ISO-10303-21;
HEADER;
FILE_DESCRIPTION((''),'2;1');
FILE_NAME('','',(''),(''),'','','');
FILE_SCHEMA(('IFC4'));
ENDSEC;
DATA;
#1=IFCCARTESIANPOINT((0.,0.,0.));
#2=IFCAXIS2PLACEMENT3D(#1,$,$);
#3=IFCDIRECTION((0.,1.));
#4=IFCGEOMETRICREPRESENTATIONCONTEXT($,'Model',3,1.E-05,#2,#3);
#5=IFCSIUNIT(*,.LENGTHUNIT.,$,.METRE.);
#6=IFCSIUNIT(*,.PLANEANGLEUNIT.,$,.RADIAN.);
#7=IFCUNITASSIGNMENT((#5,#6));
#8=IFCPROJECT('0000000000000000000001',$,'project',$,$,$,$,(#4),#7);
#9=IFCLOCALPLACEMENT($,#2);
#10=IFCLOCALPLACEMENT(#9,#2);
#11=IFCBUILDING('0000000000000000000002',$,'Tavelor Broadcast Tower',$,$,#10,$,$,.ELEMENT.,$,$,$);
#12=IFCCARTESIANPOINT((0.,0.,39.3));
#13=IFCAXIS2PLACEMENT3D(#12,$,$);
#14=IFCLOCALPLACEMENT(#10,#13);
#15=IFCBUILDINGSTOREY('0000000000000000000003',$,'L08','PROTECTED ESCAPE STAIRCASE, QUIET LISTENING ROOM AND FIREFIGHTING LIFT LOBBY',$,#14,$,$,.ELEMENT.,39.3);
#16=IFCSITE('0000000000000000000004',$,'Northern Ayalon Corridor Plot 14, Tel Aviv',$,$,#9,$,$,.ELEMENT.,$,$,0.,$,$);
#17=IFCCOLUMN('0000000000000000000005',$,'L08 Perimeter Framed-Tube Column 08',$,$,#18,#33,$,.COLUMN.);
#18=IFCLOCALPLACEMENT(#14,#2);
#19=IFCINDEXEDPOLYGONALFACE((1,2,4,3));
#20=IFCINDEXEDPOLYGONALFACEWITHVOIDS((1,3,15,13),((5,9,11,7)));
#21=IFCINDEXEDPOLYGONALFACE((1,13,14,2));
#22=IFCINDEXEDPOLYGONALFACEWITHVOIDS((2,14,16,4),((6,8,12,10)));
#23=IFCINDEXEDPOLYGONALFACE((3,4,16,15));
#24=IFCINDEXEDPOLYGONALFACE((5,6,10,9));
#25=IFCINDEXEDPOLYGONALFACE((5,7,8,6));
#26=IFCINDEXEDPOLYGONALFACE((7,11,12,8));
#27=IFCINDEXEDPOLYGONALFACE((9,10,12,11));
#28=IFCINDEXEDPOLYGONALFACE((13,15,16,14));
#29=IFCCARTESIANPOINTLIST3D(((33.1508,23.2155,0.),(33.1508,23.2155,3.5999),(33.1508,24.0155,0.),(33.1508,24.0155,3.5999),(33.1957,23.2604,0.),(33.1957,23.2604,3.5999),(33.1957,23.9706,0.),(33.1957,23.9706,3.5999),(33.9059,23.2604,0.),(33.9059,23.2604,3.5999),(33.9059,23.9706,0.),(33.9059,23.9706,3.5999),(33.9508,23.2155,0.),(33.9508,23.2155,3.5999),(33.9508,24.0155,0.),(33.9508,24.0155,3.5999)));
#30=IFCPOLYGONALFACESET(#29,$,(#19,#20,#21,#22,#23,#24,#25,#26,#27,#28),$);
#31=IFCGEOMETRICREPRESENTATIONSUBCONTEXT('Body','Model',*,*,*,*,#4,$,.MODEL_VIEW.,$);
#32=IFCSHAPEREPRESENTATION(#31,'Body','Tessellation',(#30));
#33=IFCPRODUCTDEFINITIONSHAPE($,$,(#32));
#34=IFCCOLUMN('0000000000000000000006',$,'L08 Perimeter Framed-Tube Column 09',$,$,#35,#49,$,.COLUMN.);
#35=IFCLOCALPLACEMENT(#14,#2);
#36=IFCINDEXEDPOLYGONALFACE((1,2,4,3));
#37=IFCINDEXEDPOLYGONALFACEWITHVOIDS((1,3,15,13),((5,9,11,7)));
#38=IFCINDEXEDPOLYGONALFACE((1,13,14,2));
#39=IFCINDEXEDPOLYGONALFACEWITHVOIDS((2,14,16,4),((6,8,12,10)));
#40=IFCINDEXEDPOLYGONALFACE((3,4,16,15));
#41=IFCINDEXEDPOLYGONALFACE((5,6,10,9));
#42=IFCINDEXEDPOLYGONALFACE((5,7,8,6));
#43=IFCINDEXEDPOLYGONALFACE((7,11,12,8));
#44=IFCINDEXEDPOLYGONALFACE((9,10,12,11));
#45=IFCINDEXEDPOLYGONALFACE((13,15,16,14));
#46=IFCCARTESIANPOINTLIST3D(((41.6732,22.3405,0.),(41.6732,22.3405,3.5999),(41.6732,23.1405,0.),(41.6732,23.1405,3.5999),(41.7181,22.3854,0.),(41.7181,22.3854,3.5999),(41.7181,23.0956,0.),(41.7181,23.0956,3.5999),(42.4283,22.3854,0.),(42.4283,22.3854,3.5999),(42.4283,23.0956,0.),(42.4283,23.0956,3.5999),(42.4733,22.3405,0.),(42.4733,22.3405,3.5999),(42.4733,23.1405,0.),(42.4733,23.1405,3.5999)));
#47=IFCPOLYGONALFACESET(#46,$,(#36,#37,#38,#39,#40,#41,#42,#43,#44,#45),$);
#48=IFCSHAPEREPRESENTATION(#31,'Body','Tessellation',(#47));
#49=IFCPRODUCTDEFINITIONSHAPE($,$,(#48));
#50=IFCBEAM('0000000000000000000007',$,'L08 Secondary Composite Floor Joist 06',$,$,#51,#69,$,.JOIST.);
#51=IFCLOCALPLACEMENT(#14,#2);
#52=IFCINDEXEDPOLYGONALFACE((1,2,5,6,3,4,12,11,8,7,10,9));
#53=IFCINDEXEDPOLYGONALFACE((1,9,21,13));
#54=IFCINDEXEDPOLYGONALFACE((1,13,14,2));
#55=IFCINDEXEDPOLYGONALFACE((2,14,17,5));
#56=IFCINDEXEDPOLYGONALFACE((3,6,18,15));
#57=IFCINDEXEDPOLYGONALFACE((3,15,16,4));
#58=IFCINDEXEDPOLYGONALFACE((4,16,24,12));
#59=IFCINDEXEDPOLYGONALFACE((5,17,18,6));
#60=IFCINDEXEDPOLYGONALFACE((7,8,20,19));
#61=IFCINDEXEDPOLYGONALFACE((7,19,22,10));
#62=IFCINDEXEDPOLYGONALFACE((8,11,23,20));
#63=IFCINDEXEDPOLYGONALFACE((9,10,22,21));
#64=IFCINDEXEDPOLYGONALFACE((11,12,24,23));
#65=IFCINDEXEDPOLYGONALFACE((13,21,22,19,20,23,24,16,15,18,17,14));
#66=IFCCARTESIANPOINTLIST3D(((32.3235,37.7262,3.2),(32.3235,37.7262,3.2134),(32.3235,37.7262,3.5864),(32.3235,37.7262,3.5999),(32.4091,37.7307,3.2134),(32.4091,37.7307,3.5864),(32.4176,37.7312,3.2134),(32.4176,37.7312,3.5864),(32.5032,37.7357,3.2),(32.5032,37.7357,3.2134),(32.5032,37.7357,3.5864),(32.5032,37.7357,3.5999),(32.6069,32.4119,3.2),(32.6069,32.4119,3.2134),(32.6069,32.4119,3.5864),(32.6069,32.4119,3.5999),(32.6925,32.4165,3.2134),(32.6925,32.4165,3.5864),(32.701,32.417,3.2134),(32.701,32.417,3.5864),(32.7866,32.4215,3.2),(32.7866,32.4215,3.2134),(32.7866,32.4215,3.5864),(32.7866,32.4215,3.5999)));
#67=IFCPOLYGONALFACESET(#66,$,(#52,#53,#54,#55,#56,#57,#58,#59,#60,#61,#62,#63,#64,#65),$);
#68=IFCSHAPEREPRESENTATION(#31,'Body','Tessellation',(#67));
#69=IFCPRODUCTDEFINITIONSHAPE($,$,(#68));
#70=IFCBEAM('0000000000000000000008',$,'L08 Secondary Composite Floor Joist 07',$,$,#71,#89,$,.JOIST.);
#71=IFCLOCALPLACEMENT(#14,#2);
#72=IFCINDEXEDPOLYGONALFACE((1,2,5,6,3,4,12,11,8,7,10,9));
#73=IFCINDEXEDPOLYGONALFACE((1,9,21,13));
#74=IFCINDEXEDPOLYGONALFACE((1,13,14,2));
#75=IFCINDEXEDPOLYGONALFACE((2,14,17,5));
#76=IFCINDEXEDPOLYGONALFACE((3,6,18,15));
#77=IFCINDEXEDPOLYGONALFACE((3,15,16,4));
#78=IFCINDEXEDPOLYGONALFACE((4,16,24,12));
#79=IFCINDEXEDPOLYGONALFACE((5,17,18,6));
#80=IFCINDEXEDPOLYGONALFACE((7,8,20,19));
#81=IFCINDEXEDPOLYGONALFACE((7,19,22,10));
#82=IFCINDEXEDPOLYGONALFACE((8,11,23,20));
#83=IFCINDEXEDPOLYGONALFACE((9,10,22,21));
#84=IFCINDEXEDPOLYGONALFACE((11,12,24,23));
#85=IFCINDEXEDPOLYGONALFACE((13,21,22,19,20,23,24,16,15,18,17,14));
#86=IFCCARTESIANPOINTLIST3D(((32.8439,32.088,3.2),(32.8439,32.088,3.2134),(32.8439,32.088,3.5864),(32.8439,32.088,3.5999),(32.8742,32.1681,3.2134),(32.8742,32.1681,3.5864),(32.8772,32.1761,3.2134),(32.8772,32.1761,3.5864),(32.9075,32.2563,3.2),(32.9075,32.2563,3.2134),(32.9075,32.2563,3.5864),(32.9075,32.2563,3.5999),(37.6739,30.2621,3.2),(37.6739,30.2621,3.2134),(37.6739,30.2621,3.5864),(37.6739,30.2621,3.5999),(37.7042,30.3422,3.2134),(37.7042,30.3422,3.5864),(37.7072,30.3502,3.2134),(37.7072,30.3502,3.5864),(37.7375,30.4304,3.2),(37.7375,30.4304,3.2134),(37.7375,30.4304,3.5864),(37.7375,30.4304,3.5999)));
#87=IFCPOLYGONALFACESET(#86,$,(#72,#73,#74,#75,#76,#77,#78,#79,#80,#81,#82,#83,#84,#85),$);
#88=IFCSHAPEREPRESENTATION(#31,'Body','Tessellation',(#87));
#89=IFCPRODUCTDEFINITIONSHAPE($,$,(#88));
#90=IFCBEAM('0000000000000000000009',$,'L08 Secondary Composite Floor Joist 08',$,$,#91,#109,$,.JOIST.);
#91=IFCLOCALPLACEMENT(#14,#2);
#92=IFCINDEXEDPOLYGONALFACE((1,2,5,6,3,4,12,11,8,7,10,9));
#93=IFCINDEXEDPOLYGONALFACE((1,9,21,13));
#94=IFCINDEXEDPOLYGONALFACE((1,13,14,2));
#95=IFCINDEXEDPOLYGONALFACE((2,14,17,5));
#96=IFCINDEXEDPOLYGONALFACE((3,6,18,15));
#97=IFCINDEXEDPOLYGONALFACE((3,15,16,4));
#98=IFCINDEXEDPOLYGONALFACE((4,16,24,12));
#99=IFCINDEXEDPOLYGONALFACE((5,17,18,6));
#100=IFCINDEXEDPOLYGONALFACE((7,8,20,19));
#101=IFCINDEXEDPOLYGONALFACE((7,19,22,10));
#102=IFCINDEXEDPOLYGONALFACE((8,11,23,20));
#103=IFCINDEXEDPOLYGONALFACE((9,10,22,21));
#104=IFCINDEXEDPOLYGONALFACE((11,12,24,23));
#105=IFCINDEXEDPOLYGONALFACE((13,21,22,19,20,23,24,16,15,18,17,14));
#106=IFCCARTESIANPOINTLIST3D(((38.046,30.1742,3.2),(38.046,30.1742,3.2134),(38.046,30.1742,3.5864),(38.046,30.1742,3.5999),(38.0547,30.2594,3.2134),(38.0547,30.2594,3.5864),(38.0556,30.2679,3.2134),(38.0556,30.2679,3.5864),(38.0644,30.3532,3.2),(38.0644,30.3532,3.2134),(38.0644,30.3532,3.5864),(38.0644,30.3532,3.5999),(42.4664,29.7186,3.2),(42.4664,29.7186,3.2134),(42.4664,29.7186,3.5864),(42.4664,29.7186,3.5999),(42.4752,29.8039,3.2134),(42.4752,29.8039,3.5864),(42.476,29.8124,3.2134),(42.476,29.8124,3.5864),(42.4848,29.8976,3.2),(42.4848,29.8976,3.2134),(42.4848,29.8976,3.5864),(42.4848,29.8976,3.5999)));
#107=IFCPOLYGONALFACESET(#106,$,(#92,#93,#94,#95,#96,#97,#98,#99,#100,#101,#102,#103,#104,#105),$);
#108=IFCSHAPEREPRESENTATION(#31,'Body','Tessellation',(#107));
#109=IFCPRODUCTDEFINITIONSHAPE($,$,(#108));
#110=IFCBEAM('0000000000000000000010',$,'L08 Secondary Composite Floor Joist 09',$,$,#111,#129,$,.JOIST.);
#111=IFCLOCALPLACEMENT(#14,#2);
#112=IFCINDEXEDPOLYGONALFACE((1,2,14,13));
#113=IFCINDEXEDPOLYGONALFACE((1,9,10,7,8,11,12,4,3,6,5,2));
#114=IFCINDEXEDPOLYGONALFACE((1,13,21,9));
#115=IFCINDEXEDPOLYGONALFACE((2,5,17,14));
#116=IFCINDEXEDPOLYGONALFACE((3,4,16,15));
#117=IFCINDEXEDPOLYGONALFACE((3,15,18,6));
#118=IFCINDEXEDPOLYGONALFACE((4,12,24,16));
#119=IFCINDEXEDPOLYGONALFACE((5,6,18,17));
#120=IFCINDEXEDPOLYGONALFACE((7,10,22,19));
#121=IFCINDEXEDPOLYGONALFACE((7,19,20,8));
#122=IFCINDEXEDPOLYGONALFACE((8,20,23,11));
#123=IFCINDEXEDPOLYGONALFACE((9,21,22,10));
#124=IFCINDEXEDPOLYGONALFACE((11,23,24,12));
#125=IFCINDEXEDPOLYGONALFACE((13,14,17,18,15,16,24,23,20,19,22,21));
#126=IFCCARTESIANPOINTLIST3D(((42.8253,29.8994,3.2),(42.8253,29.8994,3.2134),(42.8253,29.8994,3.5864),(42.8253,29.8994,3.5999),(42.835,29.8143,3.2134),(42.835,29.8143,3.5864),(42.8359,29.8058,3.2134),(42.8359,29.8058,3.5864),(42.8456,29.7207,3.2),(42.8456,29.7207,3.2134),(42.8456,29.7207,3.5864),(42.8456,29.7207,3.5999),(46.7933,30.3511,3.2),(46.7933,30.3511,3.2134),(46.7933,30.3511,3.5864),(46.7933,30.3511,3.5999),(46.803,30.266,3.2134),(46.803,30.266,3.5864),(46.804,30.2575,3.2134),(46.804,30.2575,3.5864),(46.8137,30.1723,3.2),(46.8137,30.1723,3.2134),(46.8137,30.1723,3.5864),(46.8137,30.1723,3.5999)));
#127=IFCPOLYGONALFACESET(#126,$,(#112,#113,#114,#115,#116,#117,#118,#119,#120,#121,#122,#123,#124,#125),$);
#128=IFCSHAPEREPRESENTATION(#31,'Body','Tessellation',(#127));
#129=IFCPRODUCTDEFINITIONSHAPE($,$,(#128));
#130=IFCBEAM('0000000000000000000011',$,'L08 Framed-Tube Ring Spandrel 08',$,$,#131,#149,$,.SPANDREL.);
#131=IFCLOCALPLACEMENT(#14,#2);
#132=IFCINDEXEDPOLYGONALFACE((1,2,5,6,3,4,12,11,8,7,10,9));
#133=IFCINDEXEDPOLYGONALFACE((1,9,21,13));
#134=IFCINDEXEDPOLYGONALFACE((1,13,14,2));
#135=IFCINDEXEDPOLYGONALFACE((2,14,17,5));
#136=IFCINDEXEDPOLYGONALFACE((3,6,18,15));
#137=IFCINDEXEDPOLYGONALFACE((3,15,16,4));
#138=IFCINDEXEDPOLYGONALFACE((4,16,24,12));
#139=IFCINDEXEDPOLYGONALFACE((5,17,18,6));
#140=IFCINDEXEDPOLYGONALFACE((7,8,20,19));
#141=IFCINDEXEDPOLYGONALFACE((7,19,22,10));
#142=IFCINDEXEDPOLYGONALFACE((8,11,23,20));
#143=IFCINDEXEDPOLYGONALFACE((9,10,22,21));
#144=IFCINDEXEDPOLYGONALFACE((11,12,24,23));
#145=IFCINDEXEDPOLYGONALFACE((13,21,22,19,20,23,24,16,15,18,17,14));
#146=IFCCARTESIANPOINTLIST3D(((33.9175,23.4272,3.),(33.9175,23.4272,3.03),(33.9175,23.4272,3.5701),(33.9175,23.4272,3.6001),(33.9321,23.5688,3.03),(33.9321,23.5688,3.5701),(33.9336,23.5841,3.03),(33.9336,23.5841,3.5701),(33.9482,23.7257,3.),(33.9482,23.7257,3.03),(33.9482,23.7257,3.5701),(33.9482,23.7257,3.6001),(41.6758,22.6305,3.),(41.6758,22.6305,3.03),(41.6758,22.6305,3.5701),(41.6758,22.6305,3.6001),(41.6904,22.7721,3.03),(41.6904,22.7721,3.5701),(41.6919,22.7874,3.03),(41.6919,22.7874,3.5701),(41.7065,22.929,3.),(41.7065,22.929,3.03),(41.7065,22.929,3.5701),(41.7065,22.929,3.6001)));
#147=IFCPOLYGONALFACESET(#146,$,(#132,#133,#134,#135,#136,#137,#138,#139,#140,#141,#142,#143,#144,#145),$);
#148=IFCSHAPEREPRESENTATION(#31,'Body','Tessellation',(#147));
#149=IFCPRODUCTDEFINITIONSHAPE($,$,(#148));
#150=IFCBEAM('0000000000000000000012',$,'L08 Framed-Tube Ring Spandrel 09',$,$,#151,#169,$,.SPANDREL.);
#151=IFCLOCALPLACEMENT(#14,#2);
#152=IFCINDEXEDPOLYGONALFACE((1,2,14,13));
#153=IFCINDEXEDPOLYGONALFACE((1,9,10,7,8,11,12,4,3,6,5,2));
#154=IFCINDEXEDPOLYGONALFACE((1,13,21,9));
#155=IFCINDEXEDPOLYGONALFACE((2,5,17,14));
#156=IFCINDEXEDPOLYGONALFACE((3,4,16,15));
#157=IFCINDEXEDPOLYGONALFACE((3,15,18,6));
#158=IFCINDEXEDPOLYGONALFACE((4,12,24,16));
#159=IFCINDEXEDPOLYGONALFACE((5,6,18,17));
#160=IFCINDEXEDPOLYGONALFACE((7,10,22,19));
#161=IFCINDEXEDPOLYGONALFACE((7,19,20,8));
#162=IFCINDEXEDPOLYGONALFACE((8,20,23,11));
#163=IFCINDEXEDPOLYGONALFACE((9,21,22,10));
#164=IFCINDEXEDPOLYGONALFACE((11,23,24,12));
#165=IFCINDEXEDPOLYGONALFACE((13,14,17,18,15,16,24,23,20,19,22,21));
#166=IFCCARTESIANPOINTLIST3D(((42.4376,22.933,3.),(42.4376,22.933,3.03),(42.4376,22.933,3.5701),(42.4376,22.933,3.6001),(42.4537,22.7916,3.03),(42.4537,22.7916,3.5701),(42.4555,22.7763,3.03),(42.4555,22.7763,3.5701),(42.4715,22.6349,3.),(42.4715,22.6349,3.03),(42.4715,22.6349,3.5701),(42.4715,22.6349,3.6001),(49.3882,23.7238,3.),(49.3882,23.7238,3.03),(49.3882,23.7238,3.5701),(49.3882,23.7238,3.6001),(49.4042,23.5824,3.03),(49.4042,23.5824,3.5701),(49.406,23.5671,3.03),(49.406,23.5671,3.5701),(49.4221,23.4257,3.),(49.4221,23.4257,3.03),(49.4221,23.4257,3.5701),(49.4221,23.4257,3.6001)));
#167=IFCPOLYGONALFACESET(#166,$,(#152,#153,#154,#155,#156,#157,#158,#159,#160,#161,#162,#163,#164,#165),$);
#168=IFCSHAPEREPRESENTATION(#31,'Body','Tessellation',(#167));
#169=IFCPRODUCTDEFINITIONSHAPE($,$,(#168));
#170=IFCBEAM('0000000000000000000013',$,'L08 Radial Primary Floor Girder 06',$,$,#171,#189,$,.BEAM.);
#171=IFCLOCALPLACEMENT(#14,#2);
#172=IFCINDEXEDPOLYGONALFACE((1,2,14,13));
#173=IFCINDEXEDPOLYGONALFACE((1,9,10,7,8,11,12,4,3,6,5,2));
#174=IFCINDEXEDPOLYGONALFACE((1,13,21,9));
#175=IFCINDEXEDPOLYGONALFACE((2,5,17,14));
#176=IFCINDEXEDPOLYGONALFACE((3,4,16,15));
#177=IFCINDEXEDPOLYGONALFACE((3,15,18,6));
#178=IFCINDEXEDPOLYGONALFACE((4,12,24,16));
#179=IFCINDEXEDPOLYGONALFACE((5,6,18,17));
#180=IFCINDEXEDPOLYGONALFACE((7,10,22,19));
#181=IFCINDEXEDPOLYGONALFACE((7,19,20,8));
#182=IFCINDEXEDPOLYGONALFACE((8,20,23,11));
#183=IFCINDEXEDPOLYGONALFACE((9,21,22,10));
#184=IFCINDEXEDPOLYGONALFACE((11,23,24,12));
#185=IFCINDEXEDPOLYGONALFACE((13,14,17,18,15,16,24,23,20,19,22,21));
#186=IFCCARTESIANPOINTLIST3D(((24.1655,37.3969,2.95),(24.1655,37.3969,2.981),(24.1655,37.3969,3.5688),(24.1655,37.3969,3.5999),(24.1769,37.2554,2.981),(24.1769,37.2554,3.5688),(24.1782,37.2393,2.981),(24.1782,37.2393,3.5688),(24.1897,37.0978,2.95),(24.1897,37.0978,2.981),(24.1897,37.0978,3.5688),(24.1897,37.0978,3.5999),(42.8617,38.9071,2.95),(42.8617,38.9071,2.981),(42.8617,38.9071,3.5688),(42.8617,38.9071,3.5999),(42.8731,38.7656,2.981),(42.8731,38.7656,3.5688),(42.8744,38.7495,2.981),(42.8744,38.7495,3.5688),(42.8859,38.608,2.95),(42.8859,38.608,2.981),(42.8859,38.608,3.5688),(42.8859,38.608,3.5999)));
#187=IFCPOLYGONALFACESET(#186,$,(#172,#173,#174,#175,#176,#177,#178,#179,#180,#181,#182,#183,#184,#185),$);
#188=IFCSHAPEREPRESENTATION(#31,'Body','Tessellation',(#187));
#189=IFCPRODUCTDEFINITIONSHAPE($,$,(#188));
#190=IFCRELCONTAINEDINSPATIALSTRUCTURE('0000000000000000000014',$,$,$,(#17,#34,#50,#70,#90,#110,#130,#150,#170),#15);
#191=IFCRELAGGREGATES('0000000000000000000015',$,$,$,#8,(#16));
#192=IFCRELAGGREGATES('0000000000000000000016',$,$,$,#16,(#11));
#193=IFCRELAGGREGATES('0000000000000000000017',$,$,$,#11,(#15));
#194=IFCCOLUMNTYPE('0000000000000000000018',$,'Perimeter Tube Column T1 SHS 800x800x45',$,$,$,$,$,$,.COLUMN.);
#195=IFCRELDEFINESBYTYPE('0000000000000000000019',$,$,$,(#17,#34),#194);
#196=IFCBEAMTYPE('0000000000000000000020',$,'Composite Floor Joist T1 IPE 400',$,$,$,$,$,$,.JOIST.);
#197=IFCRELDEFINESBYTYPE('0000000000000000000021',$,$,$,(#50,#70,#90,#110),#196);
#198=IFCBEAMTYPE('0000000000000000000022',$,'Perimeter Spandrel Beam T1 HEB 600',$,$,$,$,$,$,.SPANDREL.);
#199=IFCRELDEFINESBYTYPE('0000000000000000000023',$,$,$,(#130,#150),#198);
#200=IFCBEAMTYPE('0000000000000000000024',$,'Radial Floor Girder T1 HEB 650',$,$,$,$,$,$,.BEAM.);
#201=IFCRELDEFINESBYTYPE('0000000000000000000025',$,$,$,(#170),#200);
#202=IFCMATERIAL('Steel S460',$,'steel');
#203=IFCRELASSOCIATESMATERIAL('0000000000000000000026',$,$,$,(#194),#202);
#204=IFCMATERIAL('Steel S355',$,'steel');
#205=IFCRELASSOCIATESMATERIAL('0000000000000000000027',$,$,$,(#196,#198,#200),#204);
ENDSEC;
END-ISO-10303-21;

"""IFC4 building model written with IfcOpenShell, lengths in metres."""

from ifc_helpers import new_model, si_unit, direction, frame, origin, origin_2d, place, context, subcontext, project, spatial, hollow_rectangle, i_section, extrude, material, material_profile, profile_set, type_object, element, save


model = new_model("IFC4")

# Units and contexts
model_context = context("Model", 3, precision=1e-05, world=origin(), true_north=direction((0.0, 1.0)))
body_context = subcontext(model_context, "Body", "Model", "MODEL_VIEW")
ifc_project = project(units=[si_unit("LENGTHUNIT", "METRE"), si_unit("PLANEANGLEUNIT", "RADIAN")], contexts=[model_context])

# Site, building, storey
site_placement = place(None, origin())
site = spatial("IfcSite", under=ifc_project, at=site_placement, Name="Northern Ayalon Corridor Plot 14, Tel Aviv", CompositionType="ELEMENT", RefElevation=0.0)
building_placement = place(site_placement, origin())
building = spatial("IfcBuilding", under=site, at=building_placement, Name="Tavelor Broadcast Tower", CompositionType="ELEMENT")
storey_placement = place(building_placement, frame((0.0, 0.0, 39.3)))
storey = spatial("IfcBuildingStorey", under=building, at=storey_placement, Name="L08", Description="PROTECTED ESCAPE STAIRCASE, QUIET LISTENING ROOM AND FIREFIGHTING LIFT LOBBY", CompositionType="ELEMENT", Elevation=39.3)

# Columns
ifc_material_1 = material(Name="Steel S460", Category="steel")
ifc_material_profile_1 = material_profile(ifc_material_1, hollow_rectangle(XDim=0.8, YDim=0.8, WallThickness=0.0449, at=origin_2d()), Name="SHS 800x800x45")
ifc_profile_set_1 = profile_set([ifc_material_profile_1], Name="Steel S460")
column_type = type_object("IfcColumnType", Name="Perimeter Tube Column T1 SHS 800x800x45", PredefinedType="COLUMN", material=ifc_profile_set_1)
for number, where, z_axis, x_axis, name in (
    (1, (33.5508, 23.6155, 0.0), (0.0, 0.0, 1.0), (1.0, 0.0, 0.0), "L08 Perimeter Framed-Tube Column 08"),
    (2, (42.0732, 22.7405, 0.0), (0.0, 0.0, 1.0), (1.0, 0.0, 0.0), "L08 Perimeter Framed-Tube Column 09"),
):
    element("IfcColumn", number, at=place(storey_placement, frame(where, z_axis=z_axis, x_axis=x_axis)), inside=storey, type_object=column_type, Name=name, PredefinedType="COLUMN", context=body_context, shape_type="SweptSolid", body=[
        extrude(hollow_rectangle(XDim=0.8, YDim=0.8, WallThickness=0.0449, at=origin_2d()), origin(), (0.0, 0.0, 1.0), 3.5999),
    ])

# Beams
ifc_material_2 = material(Name="Steel S355", Category="steel")
ifc_material_profile_2 = material_profile(ifc_material_2, i_section(OverallWidth=0.1799, OverallDepth=0.3999, WebThickness=0.0085, FlangeThickness=0.0134, at=origin_2d()), Name="IPE 400")
ifc_profile_set_2 = profile_set([ifc_material_profile_2], Name="Steel S355")
beam_type_1 = type_object("IfcBeamType", Name="Composite Floor Joist T1 IPE 400", PredefinedType="JOIST", material=ifc_profile_set_2)
beam_1_placement = place(storey_placement, frame((32.4133, 37.731, 3.3999), z_axis=(0.053262, -0.998581, 0.0), x_axis=(0.998581, 0.053262, 0.0)))
element("IfcBeam", 3, at=beam_1_placement, inside=storey, type_object=beam_type_1, Name="L08 Secondary Composite Floor Joist 06", PredefinedType="JOIST", context=body_context, shape_type="SweptSolid", body=[
    extrude(i_section(OverallWidth=0.1799, OverallDepth=0.3999, WebThickness=0.0085, FlangeThickness=0.0134, at=origin_2d()), origin(), (0.0, 0.0, 1.0), 5.3218),
])
beam_2_placement = place(storey_placement, frame((32.8757, 32.1721, 3.3999), z_axis=(0.935393, -0.353609, 0.0), x_axis=(0.353609, 0.935393, 0.0)))
element("IfcBeam", 4, at=beam_2_placement, inside=storey, type_object=beam_type_1, Name="L08 Secondary Composite Floor Joist 07", PredefinedType="JOIST", context=body_context, shape_type="SweptSolid", body=[
    extrude(i_section(OverallWidth=0.1799, OverallDepth=0.3999, WebThickness=0.0085, FlangeThickness=0.0134, at=origin_2d()), origin(), (0.0, 0.0, 1.0), 5.1636),
])
beam_3_placement = place(storey_placement, frame((38.0552, 30.2637, 3.3999), z_axis=(0.994731, -0.102517, 0.0), x_axis=(0.102517, 0.994731, 0.0)))
element("IfcBeam", 5, at=beam_3_placement, inside=storey, type_object=beam_type_1, Name="L08 Secondary Composite Floor Joist 08", PredefinedType="JOIST", context=body_context, shape_type="SweptSolid", body=[
    extrude(i_section(OverallWidth=0.1799, OverallDepth=0.3999, WebThickness=0.0085, FlangeThickness=0.0134, at=origin_2d()), origin(), (0.0, 0.0, 1.0), 4.4438),
])
beam_4_placement = place(storey_placement, frame((42.8354, 29.8101, 3.3999), z_axis=(0.993584, 0.113095, 0.0), x_axis=(-0.113095, 0.993584, 0.0)))
element("IfcBeam", 6, at=beam_4_placement, inside=storey, type_object=beam_type_1, Name="L08 Secondary Composite Floor Joist 09", PredefinedType="JOIST", context=body_context, shape_type="SweptSolid", body=[
    extrude(i_section(OverallWidth=0.1799, OverallDepth=0.3999, WebThickness=0.0085, FlangeThickness=0.0134, at=origin_2d()), origin(), (0.0, 0.0, 1.0), 3.9937),
])
ifc_material_profile_3 = material_profile(ifc_material_2, i_section(OverallWidth=0.3, OverallDepth=0.6001, WebThickness=0.0154, FlangeThickness=0.03, at=origin_2d()), Name="HEB 600")
ifc_profile_set_3 = profile_set([ifc_material_profile_3], Name="Steel S355")
beam_type_2 = type_object("IfcBeamType", Name="Perimeter Spandrel Beam T1 HEB 600", PredefinedType="SPANDREL", material=ifc_profile_set_3)
beam_5_placement = place(storey_placement, frame((33.9329, 23.5764, 3.3), z_axis=(0.99477, -0.102144, 0.0), x_axis=(0.102144, 0.99477, 0.0)))
element("IfcBeam", 7, at=beam_5_placement, inside=storey, type_object=beam_type_2, Name="L08 Framed-Tube Ring Spandrel 08", PredefinedType="SPANDREL", context=body_context, shape_type="SweptSolid", body=[
    extrude(i_section(OverallWidth=0.3, OverallDepth=0.6001, WebThickness=0.0154, FlangeThickness=0.03, at=origin_2d()), origin(), (0.0, 0.0, 1.0), 7.7991),
])
beam_6_placement = place(storey_placement, frame((42.4546, 22.7839, 3.3), z_axis=(0.99359, 0.113044, 0.0), x_axis=(-0.113044, 0.99359, 0.0)))
element("IfcBeam", 8, at=beam_6_placement, inside=storey, type_object=beam_type_2, Name="L08 Framed-Tube Ring Spandrel 09", PredefinedType="SPANDREL", context=body_context, shape_type="SweptSolid", body=[
    extrude(i_section(OverallWidth=0.3, OverallDepth=0.6001, WebThickness=0.0154, FlangeThickness=0.03, at=origin_2d()), origin(), (0.0, 0.0, 1.0), 6.9954),
])
ifc_material_profile_4 = material_profile(ifc_material_2, i_section(OverallWidth=0.3, OverallDepth=0.6499, WebThickness=0.0161, FlangeThickness=0.031, at=origin_2d()), Name="HEB 650")
ifc_profile_set_4 = profile_set([ifc_material_profile_4], Name="Steel S355")
beam_type_3 = type_object("IfcBeamType", Name="Radial Floor Girder T1 HEB 650", PredefinedType="BEAM", material=ifc_profile_set_4)
beam_7_placement = place(storey_placement, frame((42.8738, 38.7576, 3.2749), z_axis=(-0.996753, -0.080516, 0.0), x_axis=(0.080516, -0.996753, 0.0)))
element("IfcBeam", 9, at=beam_7_placement, inside=storey, type_object=beam_type_3, Name="L08 Radial Primary Floor Girder 06", PredefinedType="BEAM", context=body_context, shape_type="SweptSolid", body=[
    extrude(i_section(OverallWidth=0.3, OverallDepth=0.6499, WebThickness=0.0161, FlangeThickness=0.031, at=origin_2d()), origin(), (0.0, 0.0, 1.0), 18.7571),
])

save(model, "model.ifc")
